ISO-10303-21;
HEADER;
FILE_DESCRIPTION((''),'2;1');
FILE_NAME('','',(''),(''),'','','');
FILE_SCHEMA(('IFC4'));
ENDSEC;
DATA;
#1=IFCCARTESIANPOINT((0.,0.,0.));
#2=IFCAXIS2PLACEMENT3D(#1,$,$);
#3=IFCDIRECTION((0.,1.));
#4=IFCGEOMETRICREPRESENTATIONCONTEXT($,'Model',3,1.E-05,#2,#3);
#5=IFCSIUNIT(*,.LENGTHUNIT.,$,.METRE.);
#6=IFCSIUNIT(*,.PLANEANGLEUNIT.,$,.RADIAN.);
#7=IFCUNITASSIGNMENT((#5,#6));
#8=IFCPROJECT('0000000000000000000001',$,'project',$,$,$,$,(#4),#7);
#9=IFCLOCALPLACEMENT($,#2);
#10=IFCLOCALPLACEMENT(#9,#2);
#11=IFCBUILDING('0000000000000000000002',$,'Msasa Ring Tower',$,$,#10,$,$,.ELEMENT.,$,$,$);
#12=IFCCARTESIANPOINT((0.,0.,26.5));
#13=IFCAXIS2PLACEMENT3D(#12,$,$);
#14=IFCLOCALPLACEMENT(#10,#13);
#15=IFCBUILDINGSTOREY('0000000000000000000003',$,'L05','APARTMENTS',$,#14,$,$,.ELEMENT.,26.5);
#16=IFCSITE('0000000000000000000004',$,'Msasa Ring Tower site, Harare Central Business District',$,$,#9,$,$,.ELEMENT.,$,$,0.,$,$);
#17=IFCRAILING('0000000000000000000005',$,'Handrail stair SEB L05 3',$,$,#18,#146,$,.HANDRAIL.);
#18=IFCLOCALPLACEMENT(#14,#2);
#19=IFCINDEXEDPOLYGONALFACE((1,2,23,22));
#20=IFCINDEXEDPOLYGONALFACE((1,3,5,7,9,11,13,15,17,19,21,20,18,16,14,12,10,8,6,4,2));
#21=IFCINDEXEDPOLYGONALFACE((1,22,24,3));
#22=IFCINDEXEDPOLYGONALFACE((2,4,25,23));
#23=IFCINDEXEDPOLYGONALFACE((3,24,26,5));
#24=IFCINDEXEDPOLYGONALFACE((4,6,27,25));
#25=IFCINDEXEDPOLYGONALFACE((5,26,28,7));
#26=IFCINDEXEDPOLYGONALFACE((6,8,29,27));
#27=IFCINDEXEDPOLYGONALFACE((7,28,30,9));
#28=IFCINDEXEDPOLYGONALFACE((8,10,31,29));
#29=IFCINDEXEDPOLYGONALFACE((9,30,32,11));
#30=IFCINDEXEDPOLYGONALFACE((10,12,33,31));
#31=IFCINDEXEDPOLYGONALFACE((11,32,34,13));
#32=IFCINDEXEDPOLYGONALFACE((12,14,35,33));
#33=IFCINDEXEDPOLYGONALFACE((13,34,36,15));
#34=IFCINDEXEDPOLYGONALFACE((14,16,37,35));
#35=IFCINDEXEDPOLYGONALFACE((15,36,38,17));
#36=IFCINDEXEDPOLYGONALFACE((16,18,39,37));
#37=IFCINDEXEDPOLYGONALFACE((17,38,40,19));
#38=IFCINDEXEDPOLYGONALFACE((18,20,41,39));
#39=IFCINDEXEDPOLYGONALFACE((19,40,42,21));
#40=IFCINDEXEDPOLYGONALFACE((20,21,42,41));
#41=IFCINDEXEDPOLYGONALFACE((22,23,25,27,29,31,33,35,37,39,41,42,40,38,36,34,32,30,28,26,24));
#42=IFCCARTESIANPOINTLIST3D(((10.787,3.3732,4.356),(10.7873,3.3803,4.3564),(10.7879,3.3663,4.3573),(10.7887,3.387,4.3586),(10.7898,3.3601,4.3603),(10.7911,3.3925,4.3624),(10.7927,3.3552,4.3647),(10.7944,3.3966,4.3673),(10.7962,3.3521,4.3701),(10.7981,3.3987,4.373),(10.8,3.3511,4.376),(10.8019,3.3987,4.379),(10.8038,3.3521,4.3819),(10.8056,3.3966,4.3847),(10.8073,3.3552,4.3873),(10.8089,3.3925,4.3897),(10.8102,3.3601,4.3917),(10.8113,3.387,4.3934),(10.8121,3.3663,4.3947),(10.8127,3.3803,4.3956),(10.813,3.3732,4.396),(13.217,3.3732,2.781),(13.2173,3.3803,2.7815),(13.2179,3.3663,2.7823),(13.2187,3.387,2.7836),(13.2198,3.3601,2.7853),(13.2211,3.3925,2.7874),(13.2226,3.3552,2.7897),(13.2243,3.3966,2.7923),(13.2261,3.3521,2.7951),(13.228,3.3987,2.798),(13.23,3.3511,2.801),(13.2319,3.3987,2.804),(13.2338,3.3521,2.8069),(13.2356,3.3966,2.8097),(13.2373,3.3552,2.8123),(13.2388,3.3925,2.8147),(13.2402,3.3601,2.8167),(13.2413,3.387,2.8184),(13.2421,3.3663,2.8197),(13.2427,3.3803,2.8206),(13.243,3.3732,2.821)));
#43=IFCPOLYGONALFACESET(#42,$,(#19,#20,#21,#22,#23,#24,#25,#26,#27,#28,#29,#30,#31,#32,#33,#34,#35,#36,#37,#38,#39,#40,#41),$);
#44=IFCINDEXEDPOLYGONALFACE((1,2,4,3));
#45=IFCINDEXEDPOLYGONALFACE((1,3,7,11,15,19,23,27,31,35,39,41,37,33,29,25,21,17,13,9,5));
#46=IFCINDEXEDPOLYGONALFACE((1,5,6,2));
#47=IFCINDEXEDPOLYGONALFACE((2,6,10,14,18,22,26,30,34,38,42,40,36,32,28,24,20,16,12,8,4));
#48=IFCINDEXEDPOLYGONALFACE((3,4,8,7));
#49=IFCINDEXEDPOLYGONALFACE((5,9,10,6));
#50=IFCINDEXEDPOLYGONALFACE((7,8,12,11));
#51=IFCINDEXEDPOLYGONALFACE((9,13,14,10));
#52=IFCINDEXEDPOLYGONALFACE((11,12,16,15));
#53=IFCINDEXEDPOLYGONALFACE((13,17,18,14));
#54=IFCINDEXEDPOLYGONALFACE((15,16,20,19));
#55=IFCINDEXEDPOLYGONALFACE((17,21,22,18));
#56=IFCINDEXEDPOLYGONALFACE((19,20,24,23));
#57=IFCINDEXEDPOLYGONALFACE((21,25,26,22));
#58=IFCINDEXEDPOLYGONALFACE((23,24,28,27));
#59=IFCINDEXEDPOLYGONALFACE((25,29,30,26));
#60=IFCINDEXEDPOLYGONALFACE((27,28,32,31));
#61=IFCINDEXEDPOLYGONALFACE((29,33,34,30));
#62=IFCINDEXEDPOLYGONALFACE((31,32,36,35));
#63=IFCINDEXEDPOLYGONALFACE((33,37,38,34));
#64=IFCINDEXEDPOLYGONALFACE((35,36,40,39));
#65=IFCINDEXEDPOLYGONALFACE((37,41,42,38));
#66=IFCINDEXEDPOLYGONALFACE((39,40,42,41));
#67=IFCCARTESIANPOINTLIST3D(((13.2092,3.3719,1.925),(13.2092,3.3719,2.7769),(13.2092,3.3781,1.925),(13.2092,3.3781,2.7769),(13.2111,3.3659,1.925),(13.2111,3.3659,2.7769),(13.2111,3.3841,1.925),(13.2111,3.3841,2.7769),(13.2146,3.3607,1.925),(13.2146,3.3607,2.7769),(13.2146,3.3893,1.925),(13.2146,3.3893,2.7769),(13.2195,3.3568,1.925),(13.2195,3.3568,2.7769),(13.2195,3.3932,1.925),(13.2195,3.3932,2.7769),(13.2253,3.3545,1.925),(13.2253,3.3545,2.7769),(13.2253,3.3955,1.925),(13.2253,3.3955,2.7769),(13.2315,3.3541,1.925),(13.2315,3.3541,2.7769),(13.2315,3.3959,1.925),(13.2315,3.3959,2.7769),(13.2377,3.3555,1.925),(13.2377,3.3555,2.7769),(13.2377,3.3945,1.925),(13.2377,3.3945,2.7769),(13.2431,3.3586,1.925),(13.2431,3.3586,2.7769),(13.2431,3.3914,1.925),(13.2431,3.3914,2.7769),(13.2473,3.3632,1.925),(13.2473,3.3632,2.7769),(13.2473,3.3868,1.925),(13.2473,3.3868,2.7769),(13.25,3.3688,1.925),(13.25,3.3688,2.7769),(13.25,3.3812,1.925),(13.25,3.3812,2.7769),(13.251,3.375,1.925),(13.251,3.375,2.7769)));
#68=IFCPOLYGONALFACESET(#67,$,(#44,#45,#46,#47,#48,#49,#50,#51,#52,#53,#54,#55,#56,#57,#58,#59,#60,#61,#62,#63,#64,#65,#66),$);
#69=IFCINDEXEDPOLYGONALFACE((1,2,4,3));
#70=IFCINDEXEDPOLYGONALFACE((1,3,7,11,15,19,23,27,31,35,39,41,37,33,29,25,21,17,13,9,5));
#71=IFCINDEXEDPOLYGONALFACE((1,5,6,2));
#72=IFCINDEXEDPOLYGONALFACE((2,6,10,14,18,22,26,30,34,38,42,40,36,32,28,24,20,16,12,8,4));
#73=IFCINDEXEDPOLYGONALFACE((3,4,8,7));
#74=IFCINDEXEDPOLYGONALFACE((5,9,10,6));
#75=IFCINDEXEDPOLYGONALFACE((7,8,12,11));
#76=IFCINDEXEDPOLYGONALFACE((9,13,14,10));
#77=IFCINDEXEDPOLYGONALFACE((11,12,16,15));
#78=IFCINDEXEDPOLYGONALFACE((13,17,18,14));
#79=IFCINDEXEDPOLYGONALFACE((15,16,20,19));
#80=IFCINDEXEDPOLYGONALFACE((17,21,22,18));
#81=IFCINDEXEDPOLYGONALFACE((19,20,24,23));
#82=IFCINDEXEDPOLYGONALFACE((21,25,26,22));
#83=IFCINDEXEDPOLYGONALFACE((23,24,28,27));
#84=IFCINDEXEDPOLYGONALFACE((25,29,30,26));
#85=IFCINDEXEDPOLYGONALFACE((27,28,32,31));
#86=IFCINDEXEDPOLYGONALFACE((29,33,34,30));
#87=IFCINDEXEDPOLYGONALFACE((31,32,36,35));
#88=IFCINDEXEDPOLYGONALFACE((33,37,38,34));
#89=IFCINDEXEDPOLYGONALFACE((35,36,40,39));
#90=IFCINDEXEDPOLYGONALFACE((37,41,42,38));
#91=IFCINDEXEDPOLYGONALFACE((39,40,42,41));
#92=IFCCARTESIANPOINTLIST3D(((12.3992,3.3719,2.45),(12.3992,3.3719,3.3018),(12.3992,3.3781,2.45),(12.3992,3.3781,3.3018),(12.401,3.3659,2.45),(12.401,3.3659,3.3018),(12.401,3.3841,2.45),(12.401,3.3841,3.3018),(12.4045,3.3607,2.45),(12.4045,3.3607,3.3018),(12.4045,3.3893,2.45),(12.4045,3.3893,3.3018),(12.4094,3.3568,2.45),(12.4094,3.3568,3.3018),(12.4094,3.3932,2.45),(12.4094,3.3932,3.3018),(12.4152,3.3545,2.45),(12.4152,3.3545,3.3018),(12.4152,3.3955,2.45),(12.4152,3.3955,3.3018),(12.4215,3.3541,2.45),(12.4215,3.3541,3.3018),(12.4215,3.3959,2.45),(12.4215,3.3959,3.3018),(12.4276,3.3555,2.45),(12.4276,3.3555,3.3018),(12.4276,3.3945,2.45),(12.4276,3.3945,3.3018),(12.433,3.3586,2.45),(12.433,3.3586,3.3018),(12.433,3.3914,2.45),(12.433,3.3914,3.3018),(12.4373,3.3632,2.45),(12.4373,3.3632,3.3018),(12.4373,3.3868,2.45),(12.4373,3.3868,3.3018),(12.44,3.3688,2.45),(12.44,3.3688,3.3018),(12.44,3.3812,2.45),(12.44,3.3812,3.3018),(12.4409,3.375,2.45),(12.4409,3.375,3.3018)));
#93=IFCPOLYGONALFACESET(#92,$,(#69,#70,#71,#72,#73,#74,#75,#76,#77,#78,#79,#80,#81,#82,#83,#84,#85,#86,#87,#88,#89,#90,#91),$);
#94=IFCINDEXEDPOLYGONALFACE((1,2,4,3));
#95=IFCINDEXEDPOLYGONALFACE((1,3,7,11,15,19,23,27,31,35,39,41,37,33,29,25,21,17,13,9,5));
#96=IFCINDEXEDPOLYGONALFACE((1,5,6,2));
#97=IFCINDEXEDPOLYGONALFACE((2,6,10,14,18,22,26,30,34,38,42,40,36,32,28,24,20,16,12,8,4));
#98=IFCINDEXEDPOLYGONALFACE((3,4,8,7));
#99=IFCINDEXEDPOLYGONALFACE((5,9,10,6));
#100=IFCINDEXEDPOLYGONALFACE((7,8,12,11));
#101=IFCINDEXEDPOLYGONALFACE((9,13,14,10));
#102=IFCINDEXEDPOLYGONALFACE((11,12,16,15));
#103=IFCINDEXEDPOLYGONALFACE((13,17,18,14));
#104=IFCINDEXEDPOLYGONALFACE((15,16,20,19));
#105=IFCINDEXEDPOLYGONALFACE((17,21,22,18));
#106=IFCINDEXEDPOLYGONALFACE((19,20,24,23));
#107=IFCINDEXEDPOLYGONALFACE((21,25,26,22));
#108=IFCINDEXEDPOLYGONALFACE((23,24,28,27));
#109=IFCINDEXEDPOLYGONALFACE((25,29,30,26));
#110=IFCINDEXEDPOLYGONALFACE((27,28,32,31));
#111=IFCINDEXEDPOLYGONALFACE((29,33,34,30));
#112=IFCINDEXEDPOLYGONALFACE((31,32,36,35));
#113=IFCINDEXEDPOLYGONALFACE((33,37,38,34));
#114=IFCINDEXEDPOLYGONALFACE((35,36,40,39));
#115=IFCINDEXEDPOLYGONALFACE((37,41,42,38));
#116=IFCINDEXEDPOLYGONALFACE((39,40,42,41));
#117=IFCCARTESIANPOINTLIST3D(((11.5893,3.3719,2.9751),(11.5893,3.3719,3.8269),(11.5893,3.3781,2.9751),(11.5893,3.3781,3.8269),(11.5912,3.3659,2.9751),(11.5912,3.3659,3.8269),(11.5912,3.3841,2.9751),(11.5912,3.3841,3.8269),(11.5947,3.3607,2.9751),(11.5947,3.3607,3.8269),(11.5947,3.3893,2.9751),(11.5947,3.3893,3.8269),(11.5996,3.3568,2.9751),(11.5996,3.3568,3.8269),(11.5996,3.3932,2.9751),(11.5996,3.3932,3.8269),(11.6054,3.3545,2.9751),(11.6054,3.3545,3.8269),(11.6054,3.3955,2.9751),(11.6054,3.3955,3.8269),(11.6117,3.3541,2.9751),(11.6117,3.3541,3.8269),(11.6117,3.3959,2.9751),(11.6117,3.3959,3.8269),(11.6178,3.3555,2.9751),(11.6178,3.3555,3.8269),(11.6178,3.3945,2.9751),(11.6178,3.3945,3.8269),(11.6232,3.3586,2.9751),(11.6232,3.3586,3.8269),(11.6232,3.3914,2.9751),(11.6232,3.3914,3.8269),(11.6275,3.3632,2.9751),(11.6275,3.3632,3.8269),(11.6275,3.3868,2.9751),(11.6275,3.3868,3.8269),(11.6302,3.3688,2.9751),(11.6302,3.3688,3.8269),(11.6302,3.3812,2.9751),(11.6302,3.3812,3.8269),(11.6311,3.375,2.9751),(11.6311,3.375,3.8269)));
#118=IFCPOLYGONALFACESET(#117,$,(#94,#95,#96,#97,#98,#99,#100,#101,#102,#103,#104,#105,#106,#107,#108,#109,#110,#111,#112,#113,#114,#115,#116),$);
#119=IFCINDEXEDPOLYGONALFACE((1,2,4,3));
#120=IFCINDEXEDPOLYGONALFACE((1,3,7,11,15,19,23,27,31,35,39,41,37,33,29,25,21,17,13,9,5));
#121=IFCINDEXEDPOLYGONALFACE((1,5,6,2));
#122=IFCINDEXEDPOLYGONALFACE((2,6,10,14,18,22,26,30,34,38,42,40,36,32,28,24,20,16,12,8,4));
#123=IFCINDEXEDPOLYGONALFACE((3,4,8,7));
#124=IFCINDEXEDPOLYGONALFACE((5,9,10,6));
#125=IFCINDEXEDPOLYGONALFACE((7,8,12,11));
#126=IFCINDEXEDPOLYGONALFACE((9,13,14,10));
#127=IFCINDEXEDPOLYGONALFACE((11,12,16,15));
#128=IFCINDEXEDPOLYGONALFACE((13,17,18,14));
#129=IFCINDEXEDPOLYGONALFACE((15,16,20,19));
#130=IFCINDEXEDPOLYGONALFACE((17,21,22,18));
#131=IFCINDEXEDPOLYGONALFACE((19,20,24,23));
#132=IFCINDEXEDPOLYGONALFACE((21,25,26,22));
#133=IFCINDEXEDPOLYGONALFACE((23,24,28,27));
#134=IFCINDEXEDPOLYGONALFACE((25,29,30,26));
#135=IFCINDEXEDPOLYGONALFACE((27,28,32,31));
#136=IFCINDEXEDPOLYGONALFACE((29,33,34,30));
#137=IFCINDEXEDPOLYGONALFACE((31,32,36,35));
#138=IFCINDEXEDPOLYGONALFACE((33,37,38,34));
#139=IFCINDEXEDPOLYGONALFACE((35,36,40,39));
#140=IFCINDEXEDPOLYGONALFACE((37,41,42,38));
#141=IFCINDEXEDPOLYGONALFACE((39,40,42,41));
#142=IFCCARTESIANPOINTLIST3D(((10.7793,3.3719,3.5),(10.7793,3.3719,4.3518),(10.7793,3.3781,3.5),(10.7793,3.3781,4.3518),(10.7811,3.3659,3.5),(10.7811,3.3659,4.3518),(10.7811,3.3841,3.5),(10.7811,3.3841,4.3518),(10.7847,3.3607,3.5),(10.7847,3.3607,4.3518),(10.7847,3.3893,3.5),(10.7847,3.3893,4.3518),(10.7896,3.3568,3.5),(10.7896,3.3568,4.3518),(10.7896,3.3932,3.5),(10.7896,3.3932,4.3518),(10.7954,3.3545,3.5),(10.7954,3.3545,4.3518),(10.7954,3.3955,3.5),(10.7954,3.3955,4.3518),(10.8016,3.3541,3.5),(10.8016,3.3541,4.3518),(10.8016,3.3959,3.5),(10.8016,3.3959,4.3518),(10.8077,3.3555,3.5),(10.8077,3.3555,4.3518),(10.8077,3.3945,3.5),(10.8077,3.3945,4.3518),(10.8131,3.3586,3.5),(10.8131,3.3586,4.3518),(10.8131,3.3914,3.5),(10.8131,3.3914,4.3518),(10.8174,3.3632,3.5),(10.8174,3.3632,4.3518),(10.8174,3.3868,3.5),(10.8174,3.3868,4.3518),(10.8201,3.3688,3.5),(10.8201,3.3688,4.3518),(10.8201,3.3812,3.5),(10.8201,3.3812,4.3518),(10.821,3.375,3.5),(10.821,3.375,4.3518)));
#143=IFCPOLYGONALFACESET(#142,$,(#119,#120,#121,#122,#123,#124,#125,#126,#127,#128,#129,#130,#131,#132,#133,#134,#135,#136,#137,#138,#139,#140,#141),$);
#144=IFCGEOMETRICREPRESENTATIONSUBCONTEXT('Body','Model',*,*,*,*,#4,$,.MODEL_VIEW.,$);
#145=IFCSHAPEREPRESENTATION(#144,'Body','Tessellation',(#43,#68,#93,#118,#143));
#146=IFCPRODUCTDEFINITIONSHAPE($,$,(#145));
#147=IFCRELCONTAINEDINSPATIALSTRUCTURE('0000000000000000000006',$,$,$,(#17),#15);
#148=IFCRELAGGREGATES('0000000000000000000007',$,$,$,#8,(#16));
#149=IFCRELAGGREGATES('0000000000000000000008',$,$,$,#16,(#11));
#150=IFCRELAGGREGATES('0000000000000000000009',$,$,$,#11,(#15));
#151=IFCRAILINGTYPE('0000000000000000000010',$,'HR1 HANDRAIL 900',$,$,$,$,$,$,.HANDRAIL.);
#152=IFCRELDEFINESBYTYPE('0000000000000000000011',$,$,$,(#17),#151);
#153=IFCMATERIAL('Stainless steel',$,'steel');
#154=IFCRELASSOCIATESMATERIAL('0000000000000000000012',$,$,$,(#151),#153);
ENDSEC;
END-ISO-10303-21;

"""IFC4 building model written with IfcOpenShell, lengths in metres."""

from ifc_helpers import new_model, si_unit, direction, frame, origin, origin_2d, place, context, subcontext, project, spatial, circle, extrude, material, type_object, element, save


model = new_model("IFC4")

# Units and contexts
model_context = context("Model", 3, precision=1e-05, world=origin(), true_north=direction((0.0, 1.0)))
body_context = subcontext(model_context, "Body", "Model", "MODEL_VIEW")
ifc_project = project(units=[si_unit("LENGTHUNIT", "METRE"), si_unit("PLANEANGLEUNIT", "RADIAN")], contexts=[model_context])

# Site, building, storey
site_placement = place(None, origin())
site = spatial("IfcSite", under=ifc_project, at=site_placement, Name="Msasa Ring Tower site, Harare Central Business District", CompositionType="ELEMENT", RefElevation=0.0)
building_placement = place(site_placement, origin())
building = spatial("IfcBuilding", under=site, at=building_placement, Name="Msasa Ring Tower", CompositionType="ELEMENT")
storey_placement = place(building_placement, frame((0.0, 0.0, 26.5)))
storey = spatial("IfcBuildingStorey", under=building, at=storey_placement, Name="L05", Description="APARTMENTS", CompositionType="ELEMENT", Elevation=26.5)

# Railing
ifc_material_1 = material(Name="Stainless steel", Category="steel")
railing_type = type_object("IfcRailingType", Name="HR1 HANDRAIL 900", PredefinedType="HANDRAIL", material=ifc_material_1)
for number, where, name in (
    (1, (13.23, 3.375, 1.925), "Handrail stair SEB L05 3"),
):
    element("IfcRailing", number, at=place(storey_placement, frame(where)), inside=storey, type_object=railing_type, Name=name, PredefinedType="HANDRAIL", context=body_context, shape_type="SweptSolid", body=[
        extrude(circle(Radius=0.0239, at=origin_2d()), frame((0.0, 0.0, 0.876), z_axis=(-0.839154, 0.0, 0.543894), x_axis=(0.0, -1.0, 0.0)), (0.0, 0.0, 1.0), 2.8958),
        extrude(circle(Radius=0.021, at=origin_2d()), origin(), (0.0, 0.0, 1.0), 0.8518),
        extrude(circle(Radius=0.021, at=origin_2d()), frame((-0.8101, 0.0, 0.5249)), (0.0, 0.0, 1.0), 0.8518),
        extrude(circle(Radius=0.021, at=origin_2d()), frame((-1.6199, 0.0, 1.05)), (0.0, 0.0, 1.0), 0.8518),
        extrude(circle(Radius=0.021, at=origin_2d()), frame((-2.4299, 0.0, 1.575)), (0.0, 0.0, 1.0), 0.8518),
    ])

save(model, "model.ifc")
